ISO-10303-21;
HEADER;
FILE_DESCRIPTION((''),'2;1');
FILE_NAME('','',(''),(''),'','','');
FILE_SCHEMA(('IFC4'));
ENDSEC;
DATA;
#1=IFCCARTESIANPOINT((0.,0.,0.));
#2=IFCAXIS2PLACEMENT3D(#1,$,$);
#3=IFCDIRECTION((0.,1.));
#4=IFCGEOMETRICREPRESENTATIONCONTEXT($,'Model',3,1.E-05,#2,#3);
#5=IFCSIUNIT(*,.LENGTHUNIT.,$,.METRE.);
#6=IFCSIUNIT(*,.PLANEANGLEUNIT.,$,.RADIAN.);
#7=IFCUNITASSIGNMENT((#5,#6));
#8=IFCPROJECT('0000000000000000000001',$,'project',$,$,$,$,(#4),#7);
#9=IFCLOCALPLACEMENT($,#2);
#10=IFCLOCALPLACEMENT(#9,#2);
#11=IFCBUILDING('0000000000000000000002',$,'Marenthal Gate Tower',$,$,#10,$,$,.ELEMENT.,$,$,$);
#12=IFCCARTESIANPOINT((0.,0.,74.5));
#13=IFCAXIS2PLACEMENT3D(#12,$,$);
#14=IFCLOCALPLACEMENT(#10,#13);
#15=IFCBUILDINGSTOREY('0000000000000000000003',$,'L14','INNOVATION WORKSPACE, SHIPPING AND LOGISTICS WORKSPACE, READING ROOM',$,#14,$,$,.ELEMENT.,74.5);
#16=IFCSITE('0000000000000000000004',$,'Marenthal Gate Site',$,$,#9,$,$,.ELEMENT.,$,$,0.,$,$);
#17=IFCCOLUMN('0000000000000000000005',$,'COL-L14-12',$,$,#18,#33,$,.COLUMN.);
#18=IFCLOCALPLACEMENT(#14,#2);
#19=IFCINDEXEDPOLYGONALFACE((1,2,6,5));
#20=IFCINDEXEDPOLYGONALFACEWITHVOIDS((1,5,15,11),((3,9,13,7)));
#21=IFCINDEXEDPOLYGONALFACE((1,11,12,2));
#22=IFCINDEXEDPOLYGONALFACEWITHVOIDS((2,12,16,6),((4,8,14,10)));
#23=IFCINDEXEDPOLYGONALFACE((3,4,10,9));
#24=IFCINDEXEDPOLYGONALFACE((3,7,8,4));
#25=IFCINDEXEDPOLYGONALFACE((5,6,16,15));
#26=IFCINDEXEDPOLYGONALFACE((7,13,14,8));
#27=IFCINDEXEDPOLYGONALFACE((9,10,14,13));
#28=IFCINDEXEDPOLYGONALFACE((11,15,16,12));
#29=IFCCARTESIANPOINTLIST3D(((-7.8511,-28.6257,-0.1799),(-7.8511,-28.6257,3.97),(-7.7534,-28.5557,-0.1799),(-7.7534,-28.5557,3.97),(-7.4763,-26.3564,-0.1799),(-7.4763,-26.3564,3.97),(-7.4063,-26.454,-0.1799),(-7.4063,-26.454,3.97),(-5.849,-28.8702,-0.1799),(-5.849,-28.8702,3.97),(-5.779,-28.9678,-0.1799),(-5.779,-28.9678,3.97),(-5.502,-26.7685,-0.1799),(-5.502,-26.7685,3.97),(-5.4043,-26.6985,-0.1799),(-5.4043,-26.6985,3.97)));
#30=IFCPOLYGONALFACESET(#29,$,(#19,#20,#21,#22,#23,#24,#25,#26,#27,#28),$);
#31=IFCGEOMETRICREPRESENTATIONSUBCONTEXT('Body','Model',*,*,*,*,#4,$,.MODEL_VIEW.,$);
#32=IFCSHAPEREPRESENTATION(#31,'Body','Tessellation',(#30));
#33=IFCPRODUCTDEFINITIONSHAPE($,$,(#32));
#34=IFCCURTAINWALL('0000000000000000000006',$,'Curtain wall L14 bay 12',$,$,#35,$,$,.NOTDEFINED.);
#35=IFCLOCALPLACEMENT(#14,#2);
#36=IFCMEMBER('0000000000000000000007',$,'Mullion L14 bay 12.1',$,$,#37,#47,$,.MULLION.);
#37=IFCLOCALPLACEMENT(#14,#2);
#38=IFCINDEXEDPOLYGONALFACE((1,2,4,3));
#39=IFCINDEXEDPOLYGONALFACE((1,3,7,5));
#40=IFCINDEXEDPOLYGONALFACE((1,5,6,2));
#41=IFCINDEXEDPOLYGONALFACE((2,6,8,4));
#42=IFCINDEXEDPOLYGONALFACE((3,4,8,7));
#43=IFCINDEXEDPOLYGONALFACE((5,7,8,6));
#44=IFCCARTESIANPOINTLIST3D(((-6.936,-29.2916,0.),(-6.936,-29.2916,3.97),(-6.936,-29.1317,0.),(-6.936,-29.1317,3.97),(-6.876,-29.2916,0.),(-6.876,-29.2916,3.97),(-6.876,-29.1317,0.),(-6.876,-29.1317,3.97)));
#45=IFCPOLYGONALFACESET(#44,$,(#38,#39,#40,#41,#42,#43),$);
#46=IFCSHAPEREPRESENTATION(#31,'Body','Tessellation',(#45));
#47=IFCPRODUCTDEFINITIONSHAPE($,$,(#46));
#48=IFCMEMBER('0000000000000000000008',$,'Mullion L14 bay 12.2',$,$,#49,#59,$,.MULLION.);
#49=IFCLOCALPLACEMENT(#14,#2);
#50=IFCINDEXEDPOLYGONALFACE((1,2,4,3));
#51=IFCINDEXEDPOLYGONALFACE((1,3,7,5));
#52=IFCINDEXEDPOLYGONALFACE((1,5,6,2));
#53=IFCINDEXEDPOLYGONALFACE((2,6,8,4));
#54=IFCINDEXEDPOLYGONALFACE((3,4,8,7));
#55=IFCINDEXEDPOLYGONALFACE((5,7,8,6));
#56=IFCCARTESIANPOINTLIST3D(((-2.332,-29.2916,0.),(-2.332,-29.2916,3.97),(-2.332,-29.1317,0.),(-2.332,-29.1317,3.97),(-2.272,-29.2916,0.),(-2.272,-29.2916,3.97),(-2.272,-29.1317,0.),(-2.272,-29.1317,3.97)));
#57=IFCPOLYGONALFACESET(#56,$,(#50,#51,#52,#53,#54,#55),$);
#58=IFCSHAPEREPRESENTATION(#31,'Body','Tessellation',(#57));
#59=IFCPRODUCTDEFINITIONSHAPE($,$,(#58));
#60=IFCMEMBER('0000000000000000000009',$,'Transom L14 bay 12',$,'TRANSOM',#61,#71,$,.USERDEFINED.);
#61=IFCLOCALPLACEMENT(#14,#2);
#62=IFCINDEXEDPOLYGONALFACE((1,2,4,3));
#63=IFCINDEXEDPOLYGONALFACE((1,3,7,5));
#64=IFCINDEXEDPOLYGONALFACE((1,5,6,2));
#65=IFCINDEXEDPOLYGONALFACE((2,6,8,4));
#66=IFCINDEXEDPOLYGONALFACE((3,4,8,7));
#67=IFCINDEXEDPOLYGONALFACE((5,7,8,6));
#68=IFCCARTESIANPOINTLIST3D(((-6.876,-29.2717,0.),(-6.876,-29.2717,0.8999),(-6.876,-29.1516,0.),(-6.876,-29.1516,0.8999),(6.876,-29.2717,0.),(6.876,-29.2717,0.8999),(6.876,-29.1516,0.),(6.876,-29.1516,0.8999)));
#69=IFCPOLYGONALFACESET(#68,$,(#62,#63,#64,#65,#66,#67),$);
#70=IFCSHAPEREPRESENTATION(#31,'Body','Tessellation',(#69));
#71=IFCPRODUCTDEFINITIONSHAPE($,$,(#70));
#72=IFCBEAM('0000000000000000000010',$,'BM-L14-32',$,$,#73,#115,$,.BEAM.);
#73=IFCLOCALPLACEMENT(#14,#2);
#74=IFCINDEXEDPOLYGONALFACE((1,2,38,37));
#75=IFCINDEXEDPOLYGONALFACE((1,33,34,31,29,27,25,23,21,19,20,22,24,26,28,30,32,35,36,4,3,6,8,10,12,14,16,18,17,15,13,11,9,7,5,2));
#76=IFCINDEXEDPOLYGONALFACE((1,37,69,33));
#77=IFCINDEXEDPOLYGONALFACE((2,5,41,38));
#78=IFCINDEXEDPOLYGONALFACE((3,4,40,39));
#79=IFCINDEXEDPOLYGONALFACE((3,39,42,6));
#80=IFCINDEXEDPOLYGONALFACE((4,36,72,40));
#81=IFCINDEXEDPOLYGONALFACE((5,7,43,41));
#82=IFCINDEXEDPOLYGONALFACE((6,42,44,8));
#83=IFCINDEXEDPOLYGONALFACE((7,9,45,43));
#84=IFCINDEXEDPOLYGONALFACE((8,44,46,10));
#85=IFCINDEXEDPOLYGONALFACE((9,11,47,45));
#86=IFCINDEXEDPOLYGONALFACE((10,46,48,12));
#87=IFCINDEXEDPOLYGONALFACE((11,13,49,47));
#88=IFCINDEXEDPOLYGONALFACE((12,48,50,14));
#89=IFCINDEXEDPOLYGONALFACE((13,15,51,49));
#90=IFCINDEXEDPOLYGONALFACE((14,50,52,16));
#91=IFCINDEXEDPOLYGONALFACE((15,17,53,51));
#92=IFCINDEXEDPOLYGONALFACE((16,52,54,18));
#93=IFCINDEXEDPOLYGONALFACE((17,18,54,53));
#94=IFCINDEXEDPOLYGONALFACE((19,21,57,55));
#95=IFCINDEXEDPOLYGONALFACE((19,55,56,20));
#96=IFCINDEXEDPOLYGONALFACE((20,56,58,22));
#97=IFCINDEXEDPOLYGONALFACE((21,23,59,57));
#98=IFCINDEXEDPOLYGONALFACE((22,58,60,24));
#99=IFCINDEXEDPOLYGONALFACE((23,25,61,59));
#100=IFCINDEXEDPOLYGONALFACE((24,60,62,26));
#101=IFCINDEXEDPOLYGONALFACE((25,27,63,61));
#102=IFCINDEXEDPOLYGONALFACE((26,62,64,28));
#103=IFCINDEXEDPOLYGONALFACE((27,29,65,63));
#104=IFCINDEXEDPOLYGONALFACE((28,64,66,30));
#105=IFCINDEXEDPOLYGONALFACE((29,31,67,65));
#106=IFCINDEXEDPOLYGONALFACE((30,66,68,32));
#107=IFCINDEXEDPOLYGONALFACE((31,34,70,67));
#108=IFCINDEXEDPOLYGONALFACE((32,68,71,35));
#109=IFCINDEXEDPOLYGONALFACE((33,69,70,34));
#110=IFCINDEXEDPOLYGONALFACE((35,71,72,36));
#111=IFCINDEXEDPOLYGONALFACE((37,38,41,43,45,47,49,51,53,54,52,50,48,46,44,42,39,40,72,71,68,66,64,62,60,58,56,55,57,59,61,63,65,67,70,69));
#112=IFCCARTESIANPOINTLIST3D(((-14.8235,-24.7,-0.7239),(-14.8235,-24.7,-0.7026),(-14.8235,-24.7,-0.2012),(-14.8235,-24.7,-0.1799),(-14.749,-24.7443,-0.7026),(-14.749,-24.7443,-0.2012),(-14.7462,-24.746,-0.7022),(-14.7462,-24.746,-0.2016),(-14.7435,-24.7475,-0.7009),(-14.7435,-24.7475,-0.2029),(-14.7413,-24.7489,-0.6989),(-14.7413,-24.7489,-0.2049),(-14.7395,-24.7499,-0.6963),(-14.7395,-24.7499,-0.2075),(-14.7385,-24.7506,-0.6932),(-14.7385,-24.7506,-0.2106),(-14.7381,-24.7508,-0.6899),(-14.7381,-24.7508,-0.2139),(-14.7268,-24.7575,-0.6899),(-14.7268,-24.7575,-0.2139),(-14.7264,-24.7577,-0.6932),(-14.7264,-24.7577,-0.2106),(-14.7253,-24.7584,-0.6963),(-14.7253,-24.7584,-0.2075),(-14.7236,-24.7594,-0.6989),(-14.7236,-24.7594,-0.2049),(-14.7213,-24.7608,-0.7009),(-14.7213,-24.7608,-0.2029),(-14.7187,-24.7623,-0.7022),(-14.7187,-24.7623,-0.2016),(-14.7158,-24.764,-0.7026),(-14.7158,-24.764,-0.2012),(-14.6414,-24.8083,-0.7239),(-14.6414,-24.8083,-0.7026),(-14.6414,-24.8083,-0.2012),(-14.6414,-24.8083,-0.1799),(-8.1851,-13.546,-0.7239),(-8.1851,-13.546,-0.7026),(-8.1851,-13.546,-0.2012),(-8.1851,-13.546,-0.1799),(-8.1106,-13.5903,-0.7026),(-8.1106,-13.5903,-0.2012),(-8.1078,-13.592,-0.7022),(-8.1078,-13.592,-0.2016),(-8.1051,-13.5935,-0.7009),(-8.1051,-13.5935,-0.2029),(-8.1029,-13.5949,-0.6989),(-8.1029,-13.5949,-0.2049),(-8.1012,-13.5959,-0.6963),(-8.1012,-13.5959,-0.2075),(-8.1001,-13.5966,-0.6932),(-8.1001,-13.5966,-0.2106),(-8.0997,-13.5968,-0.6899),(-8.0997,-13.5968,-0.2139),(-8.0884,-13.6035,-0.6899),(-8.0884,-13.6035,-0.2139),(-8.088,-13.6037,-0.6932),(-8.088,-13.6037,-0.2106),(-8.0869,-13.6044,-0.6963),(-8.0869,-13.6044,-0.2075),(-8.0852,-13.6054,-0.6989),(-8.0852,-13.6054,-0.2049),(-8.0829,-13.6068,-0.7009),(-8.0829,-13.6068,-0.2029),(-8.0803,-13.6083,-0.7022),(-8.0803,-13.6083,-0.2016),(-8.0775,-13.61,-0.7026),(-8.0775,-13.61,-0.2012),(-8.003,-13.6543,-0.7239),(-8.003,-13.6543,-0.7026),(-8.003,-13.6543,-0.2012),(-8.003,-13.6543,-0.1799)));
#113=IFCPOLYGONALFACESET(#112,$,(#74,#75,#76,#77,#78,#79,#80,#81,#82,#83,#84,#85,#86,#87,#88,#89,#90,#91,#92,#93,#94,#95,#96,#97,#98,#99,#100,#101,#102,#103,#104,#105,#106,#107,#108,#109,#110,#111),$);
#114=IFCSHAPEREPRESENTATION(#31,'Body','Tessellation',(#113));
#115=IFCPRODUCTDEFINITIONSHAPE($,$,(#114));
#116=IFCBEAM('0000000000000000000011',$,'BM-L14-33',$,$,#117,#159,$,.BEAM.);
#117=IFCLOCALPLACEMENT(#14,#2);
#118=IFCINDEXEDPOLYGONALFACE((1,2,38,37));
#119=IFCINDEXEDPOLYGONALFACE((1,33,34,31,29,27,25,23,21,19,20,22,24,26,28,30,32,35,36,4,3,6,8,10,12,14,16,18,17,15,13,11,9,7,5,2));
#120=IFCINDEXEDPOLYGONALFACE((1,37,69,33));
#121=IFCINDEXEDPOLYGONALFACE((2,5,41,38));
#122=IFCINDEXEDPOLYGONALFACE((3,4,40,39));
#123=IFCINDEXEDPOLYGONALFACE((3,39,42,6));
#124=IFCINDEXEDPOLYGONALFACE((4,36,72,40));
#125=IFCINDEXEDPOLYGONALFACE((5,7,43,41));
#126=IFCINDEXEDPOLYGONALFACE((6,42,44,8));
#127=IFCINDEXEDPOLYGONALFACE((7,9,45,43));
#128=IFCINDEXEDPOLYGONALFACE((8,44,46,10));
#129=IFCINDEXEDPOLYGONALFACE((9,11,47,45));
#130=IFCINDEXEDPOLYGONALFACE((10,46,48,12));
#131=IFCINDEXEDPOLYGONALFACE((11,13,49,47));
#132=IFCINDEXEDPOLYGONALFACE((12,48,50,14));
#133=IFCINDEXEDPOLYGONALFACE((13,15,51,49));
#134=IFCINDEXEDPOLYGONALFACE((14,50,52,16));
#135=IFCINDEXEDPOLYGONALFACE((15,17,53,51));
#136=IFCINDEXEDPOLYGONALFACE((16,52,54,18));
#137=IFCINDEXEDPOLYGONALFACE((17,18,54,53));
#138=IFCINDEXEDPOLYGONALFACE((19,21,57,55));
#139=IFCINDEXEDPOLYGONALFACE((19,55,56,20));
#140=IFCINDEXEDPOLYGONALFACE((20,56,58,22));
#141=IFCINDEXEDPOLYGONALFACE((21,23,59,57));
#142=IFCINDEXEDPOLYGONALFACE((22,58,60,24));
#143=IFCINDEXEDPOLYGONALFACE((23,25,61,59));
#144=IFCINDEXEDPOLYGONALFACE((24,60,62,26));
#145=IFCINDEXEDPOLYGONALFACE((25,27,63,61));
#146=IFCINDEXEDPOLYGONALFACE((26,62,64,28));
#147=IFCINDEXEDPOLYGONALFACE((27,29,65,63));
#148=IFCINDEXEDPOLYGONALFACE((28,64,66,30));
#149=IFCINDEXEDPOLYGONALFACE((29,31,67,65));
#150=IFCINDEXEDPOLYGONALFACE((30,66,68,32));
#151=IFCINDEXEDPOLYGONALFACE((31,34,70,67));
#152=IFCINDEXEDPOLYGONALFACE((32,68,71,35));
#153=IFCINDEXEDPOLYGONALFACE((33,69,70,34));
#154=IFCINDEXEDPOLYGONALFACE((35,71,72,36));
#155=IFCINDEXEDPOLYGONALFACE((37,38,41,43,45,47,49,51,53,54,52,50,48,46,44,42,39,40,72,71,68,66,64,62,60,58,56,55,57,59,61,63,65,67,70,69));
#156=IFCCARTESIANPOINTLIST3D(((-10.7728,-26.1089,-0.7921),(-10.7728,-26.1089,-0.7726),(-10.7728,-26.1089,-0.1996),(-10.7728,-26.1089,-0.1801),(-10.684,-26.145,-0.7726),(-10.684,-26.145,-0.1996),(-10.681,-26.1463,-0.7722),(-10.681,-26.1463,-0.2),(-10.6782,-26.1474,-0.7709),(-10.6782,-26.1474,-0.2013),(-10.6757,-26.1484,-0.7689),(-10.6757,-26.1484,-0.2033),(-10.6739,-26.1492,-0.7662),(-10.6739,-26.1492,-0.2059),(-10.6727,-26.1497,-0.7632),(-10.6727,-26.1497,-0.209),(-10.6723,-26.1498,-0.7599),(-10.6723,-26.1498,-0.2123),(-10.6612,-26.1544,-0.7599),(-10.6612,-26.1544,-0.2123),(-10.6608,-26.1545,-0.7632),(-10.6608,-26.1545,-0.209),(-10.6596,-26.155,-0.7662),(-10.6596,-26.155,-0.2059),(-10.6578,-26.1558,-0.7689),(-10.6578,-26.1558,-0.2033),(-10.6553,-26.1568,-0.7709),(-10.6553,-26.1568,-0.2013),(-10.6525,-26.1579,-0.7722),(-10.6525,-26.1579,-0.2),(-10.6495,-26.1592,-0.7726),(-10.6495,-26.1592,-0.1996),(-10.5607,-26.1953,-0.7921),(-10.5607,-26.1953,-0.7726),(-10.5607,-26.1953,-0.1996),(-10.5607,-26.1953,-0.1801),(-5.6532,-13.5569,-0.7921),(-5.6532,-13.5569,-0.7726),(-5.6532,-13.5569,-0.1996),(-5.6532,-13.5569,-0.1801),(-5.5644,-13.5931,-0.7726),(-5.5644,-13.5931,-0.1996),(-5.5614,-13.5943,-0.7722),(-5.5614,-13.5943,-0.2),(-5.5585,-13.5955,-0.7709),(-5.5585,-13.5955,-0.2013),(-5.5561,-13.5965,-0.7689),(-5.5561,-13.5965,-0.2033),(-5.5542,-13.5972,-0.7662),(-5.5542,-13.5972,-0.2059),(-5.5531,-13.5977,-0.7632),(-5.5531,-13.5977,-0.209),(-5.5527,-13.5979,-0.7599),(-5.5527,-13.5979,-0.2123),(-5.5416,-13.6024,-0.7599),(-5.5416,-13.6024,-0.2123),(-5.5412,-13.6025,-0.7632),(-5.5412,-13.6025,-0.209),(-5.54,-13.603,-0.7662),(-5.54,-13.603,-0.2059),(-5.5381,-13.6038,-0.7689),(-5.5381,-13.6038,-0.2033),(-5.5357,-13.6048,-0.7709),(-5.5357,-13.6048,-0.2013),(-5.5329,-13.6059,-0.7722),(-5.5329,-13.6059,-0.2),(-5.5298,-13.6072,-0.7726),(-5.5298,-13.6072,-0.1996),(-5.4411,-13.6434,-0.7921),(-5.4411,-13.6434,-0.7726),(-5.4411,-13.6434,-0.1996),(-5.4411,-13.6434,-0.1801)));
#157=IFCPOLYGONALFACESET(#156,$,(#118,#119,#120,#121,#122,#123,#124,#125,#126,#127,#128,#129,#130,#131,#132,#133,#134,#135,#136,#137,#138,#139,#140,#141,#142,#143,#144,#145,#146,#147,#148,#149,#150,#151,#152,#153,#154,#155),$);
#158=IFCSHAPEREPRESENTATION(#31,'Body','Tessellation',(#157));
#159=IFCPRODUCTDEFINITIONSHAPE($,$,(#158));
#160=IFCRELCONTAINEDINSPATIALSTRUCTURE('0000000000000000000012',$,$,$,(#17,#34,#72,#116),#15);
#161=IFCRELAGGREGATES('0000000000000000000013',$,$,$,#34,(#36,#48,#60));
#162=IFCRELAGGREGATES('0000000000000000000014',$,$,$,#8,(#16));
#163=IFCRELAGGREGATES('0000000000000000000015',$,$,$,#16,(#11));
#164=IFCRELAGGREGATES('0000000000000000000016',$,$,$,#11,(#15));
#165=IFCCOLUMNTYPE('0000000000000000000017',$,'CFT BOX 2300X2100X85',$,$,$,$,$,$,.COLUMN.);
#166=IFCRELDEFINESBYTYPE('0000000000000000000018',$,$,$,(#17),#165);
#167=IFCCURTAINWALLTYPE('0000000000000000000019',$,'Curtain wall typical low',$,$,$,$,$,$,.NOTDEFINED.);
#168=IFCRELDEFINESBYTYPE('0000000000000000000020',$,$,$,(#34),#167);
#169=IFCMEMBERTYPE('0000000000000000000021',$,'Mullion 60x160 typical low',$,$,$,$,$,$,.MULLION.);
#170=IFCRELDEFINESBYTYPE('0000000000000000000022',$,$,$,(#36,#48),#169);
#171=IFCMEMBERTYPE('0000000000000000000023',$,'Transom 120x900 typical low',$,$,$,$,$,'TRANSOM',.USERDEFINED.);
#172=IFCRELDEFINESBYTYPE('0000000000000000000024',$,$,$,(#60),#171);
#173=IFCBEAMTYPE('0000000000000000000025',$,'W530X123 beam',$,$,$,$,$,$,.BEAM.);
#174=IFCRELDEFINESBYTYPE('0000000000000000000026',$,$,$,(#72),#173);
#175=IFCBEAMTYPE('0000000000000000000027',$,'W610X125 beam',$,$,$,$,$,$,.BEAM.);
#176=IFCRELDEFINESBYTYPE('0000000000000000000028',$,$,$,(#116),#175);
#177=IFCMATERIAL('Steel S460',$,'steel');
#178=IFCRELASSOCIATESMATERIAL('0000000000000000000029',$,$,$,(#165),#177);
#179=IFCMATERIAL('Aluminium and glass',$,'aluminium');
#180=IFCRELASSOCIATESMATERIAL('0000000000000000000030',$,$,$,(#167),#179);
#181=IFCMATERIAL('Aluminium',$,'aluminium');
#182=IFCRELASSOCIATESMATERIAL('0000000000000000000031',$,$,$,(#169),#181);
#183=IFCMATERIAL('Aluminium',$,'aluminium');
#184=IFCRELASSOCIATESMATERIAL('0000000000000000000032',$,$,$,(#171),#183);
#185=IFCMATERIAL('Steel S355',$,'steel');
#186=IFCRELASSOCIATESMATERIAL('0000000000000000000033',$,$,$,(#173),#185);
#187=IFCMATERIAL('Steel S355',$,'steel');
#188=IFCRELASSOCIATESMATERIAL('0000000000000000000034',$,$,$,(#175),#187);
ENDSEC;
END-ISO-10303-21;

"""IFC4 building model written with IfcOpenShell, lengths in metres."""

from ifc_helpers import new_model, si_unit, direction, frame, origin, origin_2d, place, context, subcontext, project, spatial, rectangle, hollow_rectangle, i_section, extrude, material, material_profile, profile_set, type_object, element, aggregate, save


model = new_model("IFC4")

# Units and contexts
model_context = context("Model", 3, precision=1e-05, world=origin(), true_north=direction((0.0, 1.0)))
body_context = subcontext(model_context, "Body", "Model", "MODEL_VIEW")
ifc_project = project(units=[si_unit("LENGTHUNIT", "METRE"), si_unit("PLANEANGLEUNIT", "RADIAN")], contexts=[model_context])

# Site, building, storey
site_placement = place(None, origin())
site = spatial("IfcSite", under=ifc_project, at=site_placement, Name="Marenthal Gate Site", CompositionType="ELEMENT", RefElevation=0.0)
building_placement = place(site_placement, origin())
building = spatial("IfcBuilding", under=site, at=building_placement, Name="Marenthal Gate Tower", CompositionType="ELEMENT")
storey_placement = place(building_placement, frame((0.0, 0.0, 74.5)))
storey = spatial("IfcBuildingStorey", under=building, at=storey_placement, Name="L14", Description="INNOVATION WORKSPACE, SHIPPING AND LOGISTICS WORKSPACE, READING ROOM", CompositionType="ELEMENT", Elevation=74.5)

# Column
ifc_material_1 = material(Name="Steel S460", Category="steel")
ifc_material_profile_1 = material_profile(ifc_material_1, hollow_rectangle(XDim=2.1001, YDim=2.3, WallThickness=0.085, at=origin_2d()), Name="CFT BOX 2300X2100X85")
ifc_material_2 = material(Name="Concrete 70 MPa", Category="concrete")
ifc_material_profile_2 = material_profile(ifc_material_2, rectangle(XDim=1.9299, YDim=2.1299, at=origin_2d()), Name="CFT BOX 2300X2100X85 INFILL")
ifc_profile_set_1 = profile_set([ifc_material_profile_1, ifc_material_profile_2], Name="Steel S460 shell, Concrete 70 MPa infill")
column_type = type_object("IfcColumnType", Name="CFT BOX 2300X2100X85", PredefinedType="COLUMN", material=ifc_profile_set_1)
column_placement = place(storey_placement, frame((-6.6277, -27.6621, -0.1799), z_axis=(0.0, 0.0, 1.0), x_axis=(-0.986638, 0.162928, 0.0)))
element("IfcColumn", 1, at=column_placement, inside=storey, type_object=column_type, Name="COL-L14-12", PredefinedType="COLUMN", context=body_context, shape_type="SweptSolid", body=[
    extrude(hollow_rectangle(XDim=2.1001, YDim=2.3, WallThickness=0.085, at=origin_2d()), origin(), (0.0, 0.0, 1.0), 4.1499),
])

# Curtain wall, members
ifc_material_3 = material(Name="Aluminium and glass", Category="aluminium")
curtain_wall_type = type_object("IfcCurtainWallType", Name="Curtain wall typical low", PredefinedType="NOTDEFINED", material=ifc_material_3)
curtain_wall_placement = place(storey_placement, origin())
curtain_wall = element("IfcCurtainWall", 2, at=curtain_wall_placement, inside=storey, type_object=curtain_wall_type, Name="Curtain wall L14 bay 12", PredefinedType="NOTDEFINED")
ifc_material_4 = material(Name="Aluminium", Category="aluminium")
ifc_material_profile_3 = material_profile(ifc_material_4, rectangle(XDim=0.1599, YDim=0.0601, at=origin_2d()), Name="60x160 aluminium mullion")
ifc_profile_set_2 = profile_set([ifc_material_profile_3], Name="Aluminium")
member_type_1 = type_object("IfcMemberType", Name="Mullion 60x160 typical low", PredefinedType="MULLION", material=ifc_profile_set_2)
member_1_placement = place(storey_placement, frame((-6.906, -29.2117, 0.0), z_axis=(0.0, 0.0, 1.0), x_axis=(0.0, 1.0, 0.0)))
member_1 = element("IfcMember", 3, at=member_1_placement, type_object=member_type_1, Name="Mullion L14 bay 12.1", PredefinedType="MULLION", context=body_context, shape_type="SweptSolid", body=[
    extrude(rectangle(XDim=0.1599, YDim=0.0601, at=origin_2d()), origin(), (0.0, 0.0, 1.0), 3.97),
])
member_2_placement = place(storey_placement, frame((-2.302, -29.2117, 0.0), z_axis=(0.0, 0.0, 1.0), x_axis=(0.0, 1.0, 0.0)))
member_2 = element("IfcMember", 4, at=member_2_placement, type_object=member_type_1, Name="Mullion L14 bay 12.2", PredefinedType="MULLION", context=body_context, shape_type="SweptSolid", body=[
    extrude(rectangle(XDim=0.1599, YDim=0.0601, at=origin_2d()), origin(), (0.0, 0.0, 1.0), 3.97),
])
ifc_material_5 = material(Name="Aluminium", Category="aluminium")
ifc_material_profile_4 = material_profile(ifc_material_5, rectangle(XDim=0.1201, YDim=0.8999, at=origin_2d()), Name="120x900 aluminium transom")
ifc_profile_set_3 = profile_set([ifc_material_profile_4], Name="Aluminium")
member_type_2 = type_object("IfcMemberType", Name="Transom 120x900 typical low", ElementType="TRANSOM", PredefinedType="USERDEFINED", material=ifc_profile_set_3)
member_3_placement = place(storey_placement, frame((-6.876, -29.2117, 0.45), z_axis=(1.0, 0.0, 0.0), x_axis=(0.0, 1.0, 0.0)))
member_3 = element("IfcMember", 5, at=member_3_placement, type_object=member_type_2, Name="Transom L14 bay 12", ObjectType="TRANSOM", PredefinedType="USERDEFINED", context=body_context, shape_type="SweptSolid", body=[
    extrude(rectangle(XDim=0.1201, YDim=0.8999, at=origin_2d()), origin(), (0.0, 0.0, 1.0), 13.752),
])

# Beams
ifc_material_6 = material(Name="Steel S355", Category="steel")
ifc_material_profile_5 = material_profile(ifc_material_6, i_section(OverallWidth=0.2119, OverallDepth=0.5439, WebThickness=0.0132, FlangeThickness=0.0212, FilletRadius=0.0127, at=origin_2d()), Name="W530X123")
ifc_profile_set_4 = profile_set([ifc_material_profile_5], Name="Steel S355")
beam_type_1 = type_object("IfcBeamType", Name="W530X123 beam", PredefinedType="BEAM", material=ifc_profile_set_4)
beam_1_placement = place(storey_placement, frame((-14.7324, -24.7542, -0.4519), z_axis=(0.511433, 0.859323, 0.0), x_axis=(-0.859323, 0.511433, 0.0)))
element("IfcBeam", 6, at=beam_1_placement, inside=storey, type_object=beam_type_1, Name="BM-L14-32", PredefinedType="BEAM", context=body_context, shape_type="SweptSolid", body=[
    extrude(i_section(OverallWidth=0.2119, OverallDepth=0.5439, WebThickness=0.0132, FlangeThickness=0.0212, FilletRadius=0.0127, at=origin_2d()), origin(), (0.0, 0.0, 1.0), 12.98),
])
ifc_material_7 = material(Name="Steel S355", Category="steel")
ifc_material_profile_6 = material_profile(ifc_material_7, i_section(OverallWidth=0.229, OverallDepth=0.6121, WebThickness=0.012, FlangeThickness=0.0195, FilletRadius=0.0127, at=origin_2d()), Name="W610X125")
ifc_profile_set_5 = profile_set([ifc_material_profile_6], Name="Steel S355")
beam_type_2 = type_object("IfcBeamType", Name="W610X125 beam", PredefinedType="BEAM", material=ifc_profile_set_5)
beam_2_placement = place(storey_placement, frame((-10.6667, -26.1521, -0.4861), z_axis=(0.377667, 0.925941, 0.0), x_axis=(-0.925941, 0.377667, 0.0)))
element("IfcBeam", 7, at=beam_2_placement, inside=storey, type_object=beam_type_2, Name="BM-L14-33", PredefinedType="BEAM", context=body_context, shape_type="SweptSolid", body=[
    extrude(i_section(OverallWidth=0.229, OverallDepth=0.6121, WebThickness=0.012, FlangeThickness=0.0195, FilletRadius=0.0127, at=origin_2d()), origin(), (0.0, 0.0, 1.0), 13.5559),
])

aggregate(curtain_wall, [member_1, member_2, member_3])

save(model, "model.ifc")
